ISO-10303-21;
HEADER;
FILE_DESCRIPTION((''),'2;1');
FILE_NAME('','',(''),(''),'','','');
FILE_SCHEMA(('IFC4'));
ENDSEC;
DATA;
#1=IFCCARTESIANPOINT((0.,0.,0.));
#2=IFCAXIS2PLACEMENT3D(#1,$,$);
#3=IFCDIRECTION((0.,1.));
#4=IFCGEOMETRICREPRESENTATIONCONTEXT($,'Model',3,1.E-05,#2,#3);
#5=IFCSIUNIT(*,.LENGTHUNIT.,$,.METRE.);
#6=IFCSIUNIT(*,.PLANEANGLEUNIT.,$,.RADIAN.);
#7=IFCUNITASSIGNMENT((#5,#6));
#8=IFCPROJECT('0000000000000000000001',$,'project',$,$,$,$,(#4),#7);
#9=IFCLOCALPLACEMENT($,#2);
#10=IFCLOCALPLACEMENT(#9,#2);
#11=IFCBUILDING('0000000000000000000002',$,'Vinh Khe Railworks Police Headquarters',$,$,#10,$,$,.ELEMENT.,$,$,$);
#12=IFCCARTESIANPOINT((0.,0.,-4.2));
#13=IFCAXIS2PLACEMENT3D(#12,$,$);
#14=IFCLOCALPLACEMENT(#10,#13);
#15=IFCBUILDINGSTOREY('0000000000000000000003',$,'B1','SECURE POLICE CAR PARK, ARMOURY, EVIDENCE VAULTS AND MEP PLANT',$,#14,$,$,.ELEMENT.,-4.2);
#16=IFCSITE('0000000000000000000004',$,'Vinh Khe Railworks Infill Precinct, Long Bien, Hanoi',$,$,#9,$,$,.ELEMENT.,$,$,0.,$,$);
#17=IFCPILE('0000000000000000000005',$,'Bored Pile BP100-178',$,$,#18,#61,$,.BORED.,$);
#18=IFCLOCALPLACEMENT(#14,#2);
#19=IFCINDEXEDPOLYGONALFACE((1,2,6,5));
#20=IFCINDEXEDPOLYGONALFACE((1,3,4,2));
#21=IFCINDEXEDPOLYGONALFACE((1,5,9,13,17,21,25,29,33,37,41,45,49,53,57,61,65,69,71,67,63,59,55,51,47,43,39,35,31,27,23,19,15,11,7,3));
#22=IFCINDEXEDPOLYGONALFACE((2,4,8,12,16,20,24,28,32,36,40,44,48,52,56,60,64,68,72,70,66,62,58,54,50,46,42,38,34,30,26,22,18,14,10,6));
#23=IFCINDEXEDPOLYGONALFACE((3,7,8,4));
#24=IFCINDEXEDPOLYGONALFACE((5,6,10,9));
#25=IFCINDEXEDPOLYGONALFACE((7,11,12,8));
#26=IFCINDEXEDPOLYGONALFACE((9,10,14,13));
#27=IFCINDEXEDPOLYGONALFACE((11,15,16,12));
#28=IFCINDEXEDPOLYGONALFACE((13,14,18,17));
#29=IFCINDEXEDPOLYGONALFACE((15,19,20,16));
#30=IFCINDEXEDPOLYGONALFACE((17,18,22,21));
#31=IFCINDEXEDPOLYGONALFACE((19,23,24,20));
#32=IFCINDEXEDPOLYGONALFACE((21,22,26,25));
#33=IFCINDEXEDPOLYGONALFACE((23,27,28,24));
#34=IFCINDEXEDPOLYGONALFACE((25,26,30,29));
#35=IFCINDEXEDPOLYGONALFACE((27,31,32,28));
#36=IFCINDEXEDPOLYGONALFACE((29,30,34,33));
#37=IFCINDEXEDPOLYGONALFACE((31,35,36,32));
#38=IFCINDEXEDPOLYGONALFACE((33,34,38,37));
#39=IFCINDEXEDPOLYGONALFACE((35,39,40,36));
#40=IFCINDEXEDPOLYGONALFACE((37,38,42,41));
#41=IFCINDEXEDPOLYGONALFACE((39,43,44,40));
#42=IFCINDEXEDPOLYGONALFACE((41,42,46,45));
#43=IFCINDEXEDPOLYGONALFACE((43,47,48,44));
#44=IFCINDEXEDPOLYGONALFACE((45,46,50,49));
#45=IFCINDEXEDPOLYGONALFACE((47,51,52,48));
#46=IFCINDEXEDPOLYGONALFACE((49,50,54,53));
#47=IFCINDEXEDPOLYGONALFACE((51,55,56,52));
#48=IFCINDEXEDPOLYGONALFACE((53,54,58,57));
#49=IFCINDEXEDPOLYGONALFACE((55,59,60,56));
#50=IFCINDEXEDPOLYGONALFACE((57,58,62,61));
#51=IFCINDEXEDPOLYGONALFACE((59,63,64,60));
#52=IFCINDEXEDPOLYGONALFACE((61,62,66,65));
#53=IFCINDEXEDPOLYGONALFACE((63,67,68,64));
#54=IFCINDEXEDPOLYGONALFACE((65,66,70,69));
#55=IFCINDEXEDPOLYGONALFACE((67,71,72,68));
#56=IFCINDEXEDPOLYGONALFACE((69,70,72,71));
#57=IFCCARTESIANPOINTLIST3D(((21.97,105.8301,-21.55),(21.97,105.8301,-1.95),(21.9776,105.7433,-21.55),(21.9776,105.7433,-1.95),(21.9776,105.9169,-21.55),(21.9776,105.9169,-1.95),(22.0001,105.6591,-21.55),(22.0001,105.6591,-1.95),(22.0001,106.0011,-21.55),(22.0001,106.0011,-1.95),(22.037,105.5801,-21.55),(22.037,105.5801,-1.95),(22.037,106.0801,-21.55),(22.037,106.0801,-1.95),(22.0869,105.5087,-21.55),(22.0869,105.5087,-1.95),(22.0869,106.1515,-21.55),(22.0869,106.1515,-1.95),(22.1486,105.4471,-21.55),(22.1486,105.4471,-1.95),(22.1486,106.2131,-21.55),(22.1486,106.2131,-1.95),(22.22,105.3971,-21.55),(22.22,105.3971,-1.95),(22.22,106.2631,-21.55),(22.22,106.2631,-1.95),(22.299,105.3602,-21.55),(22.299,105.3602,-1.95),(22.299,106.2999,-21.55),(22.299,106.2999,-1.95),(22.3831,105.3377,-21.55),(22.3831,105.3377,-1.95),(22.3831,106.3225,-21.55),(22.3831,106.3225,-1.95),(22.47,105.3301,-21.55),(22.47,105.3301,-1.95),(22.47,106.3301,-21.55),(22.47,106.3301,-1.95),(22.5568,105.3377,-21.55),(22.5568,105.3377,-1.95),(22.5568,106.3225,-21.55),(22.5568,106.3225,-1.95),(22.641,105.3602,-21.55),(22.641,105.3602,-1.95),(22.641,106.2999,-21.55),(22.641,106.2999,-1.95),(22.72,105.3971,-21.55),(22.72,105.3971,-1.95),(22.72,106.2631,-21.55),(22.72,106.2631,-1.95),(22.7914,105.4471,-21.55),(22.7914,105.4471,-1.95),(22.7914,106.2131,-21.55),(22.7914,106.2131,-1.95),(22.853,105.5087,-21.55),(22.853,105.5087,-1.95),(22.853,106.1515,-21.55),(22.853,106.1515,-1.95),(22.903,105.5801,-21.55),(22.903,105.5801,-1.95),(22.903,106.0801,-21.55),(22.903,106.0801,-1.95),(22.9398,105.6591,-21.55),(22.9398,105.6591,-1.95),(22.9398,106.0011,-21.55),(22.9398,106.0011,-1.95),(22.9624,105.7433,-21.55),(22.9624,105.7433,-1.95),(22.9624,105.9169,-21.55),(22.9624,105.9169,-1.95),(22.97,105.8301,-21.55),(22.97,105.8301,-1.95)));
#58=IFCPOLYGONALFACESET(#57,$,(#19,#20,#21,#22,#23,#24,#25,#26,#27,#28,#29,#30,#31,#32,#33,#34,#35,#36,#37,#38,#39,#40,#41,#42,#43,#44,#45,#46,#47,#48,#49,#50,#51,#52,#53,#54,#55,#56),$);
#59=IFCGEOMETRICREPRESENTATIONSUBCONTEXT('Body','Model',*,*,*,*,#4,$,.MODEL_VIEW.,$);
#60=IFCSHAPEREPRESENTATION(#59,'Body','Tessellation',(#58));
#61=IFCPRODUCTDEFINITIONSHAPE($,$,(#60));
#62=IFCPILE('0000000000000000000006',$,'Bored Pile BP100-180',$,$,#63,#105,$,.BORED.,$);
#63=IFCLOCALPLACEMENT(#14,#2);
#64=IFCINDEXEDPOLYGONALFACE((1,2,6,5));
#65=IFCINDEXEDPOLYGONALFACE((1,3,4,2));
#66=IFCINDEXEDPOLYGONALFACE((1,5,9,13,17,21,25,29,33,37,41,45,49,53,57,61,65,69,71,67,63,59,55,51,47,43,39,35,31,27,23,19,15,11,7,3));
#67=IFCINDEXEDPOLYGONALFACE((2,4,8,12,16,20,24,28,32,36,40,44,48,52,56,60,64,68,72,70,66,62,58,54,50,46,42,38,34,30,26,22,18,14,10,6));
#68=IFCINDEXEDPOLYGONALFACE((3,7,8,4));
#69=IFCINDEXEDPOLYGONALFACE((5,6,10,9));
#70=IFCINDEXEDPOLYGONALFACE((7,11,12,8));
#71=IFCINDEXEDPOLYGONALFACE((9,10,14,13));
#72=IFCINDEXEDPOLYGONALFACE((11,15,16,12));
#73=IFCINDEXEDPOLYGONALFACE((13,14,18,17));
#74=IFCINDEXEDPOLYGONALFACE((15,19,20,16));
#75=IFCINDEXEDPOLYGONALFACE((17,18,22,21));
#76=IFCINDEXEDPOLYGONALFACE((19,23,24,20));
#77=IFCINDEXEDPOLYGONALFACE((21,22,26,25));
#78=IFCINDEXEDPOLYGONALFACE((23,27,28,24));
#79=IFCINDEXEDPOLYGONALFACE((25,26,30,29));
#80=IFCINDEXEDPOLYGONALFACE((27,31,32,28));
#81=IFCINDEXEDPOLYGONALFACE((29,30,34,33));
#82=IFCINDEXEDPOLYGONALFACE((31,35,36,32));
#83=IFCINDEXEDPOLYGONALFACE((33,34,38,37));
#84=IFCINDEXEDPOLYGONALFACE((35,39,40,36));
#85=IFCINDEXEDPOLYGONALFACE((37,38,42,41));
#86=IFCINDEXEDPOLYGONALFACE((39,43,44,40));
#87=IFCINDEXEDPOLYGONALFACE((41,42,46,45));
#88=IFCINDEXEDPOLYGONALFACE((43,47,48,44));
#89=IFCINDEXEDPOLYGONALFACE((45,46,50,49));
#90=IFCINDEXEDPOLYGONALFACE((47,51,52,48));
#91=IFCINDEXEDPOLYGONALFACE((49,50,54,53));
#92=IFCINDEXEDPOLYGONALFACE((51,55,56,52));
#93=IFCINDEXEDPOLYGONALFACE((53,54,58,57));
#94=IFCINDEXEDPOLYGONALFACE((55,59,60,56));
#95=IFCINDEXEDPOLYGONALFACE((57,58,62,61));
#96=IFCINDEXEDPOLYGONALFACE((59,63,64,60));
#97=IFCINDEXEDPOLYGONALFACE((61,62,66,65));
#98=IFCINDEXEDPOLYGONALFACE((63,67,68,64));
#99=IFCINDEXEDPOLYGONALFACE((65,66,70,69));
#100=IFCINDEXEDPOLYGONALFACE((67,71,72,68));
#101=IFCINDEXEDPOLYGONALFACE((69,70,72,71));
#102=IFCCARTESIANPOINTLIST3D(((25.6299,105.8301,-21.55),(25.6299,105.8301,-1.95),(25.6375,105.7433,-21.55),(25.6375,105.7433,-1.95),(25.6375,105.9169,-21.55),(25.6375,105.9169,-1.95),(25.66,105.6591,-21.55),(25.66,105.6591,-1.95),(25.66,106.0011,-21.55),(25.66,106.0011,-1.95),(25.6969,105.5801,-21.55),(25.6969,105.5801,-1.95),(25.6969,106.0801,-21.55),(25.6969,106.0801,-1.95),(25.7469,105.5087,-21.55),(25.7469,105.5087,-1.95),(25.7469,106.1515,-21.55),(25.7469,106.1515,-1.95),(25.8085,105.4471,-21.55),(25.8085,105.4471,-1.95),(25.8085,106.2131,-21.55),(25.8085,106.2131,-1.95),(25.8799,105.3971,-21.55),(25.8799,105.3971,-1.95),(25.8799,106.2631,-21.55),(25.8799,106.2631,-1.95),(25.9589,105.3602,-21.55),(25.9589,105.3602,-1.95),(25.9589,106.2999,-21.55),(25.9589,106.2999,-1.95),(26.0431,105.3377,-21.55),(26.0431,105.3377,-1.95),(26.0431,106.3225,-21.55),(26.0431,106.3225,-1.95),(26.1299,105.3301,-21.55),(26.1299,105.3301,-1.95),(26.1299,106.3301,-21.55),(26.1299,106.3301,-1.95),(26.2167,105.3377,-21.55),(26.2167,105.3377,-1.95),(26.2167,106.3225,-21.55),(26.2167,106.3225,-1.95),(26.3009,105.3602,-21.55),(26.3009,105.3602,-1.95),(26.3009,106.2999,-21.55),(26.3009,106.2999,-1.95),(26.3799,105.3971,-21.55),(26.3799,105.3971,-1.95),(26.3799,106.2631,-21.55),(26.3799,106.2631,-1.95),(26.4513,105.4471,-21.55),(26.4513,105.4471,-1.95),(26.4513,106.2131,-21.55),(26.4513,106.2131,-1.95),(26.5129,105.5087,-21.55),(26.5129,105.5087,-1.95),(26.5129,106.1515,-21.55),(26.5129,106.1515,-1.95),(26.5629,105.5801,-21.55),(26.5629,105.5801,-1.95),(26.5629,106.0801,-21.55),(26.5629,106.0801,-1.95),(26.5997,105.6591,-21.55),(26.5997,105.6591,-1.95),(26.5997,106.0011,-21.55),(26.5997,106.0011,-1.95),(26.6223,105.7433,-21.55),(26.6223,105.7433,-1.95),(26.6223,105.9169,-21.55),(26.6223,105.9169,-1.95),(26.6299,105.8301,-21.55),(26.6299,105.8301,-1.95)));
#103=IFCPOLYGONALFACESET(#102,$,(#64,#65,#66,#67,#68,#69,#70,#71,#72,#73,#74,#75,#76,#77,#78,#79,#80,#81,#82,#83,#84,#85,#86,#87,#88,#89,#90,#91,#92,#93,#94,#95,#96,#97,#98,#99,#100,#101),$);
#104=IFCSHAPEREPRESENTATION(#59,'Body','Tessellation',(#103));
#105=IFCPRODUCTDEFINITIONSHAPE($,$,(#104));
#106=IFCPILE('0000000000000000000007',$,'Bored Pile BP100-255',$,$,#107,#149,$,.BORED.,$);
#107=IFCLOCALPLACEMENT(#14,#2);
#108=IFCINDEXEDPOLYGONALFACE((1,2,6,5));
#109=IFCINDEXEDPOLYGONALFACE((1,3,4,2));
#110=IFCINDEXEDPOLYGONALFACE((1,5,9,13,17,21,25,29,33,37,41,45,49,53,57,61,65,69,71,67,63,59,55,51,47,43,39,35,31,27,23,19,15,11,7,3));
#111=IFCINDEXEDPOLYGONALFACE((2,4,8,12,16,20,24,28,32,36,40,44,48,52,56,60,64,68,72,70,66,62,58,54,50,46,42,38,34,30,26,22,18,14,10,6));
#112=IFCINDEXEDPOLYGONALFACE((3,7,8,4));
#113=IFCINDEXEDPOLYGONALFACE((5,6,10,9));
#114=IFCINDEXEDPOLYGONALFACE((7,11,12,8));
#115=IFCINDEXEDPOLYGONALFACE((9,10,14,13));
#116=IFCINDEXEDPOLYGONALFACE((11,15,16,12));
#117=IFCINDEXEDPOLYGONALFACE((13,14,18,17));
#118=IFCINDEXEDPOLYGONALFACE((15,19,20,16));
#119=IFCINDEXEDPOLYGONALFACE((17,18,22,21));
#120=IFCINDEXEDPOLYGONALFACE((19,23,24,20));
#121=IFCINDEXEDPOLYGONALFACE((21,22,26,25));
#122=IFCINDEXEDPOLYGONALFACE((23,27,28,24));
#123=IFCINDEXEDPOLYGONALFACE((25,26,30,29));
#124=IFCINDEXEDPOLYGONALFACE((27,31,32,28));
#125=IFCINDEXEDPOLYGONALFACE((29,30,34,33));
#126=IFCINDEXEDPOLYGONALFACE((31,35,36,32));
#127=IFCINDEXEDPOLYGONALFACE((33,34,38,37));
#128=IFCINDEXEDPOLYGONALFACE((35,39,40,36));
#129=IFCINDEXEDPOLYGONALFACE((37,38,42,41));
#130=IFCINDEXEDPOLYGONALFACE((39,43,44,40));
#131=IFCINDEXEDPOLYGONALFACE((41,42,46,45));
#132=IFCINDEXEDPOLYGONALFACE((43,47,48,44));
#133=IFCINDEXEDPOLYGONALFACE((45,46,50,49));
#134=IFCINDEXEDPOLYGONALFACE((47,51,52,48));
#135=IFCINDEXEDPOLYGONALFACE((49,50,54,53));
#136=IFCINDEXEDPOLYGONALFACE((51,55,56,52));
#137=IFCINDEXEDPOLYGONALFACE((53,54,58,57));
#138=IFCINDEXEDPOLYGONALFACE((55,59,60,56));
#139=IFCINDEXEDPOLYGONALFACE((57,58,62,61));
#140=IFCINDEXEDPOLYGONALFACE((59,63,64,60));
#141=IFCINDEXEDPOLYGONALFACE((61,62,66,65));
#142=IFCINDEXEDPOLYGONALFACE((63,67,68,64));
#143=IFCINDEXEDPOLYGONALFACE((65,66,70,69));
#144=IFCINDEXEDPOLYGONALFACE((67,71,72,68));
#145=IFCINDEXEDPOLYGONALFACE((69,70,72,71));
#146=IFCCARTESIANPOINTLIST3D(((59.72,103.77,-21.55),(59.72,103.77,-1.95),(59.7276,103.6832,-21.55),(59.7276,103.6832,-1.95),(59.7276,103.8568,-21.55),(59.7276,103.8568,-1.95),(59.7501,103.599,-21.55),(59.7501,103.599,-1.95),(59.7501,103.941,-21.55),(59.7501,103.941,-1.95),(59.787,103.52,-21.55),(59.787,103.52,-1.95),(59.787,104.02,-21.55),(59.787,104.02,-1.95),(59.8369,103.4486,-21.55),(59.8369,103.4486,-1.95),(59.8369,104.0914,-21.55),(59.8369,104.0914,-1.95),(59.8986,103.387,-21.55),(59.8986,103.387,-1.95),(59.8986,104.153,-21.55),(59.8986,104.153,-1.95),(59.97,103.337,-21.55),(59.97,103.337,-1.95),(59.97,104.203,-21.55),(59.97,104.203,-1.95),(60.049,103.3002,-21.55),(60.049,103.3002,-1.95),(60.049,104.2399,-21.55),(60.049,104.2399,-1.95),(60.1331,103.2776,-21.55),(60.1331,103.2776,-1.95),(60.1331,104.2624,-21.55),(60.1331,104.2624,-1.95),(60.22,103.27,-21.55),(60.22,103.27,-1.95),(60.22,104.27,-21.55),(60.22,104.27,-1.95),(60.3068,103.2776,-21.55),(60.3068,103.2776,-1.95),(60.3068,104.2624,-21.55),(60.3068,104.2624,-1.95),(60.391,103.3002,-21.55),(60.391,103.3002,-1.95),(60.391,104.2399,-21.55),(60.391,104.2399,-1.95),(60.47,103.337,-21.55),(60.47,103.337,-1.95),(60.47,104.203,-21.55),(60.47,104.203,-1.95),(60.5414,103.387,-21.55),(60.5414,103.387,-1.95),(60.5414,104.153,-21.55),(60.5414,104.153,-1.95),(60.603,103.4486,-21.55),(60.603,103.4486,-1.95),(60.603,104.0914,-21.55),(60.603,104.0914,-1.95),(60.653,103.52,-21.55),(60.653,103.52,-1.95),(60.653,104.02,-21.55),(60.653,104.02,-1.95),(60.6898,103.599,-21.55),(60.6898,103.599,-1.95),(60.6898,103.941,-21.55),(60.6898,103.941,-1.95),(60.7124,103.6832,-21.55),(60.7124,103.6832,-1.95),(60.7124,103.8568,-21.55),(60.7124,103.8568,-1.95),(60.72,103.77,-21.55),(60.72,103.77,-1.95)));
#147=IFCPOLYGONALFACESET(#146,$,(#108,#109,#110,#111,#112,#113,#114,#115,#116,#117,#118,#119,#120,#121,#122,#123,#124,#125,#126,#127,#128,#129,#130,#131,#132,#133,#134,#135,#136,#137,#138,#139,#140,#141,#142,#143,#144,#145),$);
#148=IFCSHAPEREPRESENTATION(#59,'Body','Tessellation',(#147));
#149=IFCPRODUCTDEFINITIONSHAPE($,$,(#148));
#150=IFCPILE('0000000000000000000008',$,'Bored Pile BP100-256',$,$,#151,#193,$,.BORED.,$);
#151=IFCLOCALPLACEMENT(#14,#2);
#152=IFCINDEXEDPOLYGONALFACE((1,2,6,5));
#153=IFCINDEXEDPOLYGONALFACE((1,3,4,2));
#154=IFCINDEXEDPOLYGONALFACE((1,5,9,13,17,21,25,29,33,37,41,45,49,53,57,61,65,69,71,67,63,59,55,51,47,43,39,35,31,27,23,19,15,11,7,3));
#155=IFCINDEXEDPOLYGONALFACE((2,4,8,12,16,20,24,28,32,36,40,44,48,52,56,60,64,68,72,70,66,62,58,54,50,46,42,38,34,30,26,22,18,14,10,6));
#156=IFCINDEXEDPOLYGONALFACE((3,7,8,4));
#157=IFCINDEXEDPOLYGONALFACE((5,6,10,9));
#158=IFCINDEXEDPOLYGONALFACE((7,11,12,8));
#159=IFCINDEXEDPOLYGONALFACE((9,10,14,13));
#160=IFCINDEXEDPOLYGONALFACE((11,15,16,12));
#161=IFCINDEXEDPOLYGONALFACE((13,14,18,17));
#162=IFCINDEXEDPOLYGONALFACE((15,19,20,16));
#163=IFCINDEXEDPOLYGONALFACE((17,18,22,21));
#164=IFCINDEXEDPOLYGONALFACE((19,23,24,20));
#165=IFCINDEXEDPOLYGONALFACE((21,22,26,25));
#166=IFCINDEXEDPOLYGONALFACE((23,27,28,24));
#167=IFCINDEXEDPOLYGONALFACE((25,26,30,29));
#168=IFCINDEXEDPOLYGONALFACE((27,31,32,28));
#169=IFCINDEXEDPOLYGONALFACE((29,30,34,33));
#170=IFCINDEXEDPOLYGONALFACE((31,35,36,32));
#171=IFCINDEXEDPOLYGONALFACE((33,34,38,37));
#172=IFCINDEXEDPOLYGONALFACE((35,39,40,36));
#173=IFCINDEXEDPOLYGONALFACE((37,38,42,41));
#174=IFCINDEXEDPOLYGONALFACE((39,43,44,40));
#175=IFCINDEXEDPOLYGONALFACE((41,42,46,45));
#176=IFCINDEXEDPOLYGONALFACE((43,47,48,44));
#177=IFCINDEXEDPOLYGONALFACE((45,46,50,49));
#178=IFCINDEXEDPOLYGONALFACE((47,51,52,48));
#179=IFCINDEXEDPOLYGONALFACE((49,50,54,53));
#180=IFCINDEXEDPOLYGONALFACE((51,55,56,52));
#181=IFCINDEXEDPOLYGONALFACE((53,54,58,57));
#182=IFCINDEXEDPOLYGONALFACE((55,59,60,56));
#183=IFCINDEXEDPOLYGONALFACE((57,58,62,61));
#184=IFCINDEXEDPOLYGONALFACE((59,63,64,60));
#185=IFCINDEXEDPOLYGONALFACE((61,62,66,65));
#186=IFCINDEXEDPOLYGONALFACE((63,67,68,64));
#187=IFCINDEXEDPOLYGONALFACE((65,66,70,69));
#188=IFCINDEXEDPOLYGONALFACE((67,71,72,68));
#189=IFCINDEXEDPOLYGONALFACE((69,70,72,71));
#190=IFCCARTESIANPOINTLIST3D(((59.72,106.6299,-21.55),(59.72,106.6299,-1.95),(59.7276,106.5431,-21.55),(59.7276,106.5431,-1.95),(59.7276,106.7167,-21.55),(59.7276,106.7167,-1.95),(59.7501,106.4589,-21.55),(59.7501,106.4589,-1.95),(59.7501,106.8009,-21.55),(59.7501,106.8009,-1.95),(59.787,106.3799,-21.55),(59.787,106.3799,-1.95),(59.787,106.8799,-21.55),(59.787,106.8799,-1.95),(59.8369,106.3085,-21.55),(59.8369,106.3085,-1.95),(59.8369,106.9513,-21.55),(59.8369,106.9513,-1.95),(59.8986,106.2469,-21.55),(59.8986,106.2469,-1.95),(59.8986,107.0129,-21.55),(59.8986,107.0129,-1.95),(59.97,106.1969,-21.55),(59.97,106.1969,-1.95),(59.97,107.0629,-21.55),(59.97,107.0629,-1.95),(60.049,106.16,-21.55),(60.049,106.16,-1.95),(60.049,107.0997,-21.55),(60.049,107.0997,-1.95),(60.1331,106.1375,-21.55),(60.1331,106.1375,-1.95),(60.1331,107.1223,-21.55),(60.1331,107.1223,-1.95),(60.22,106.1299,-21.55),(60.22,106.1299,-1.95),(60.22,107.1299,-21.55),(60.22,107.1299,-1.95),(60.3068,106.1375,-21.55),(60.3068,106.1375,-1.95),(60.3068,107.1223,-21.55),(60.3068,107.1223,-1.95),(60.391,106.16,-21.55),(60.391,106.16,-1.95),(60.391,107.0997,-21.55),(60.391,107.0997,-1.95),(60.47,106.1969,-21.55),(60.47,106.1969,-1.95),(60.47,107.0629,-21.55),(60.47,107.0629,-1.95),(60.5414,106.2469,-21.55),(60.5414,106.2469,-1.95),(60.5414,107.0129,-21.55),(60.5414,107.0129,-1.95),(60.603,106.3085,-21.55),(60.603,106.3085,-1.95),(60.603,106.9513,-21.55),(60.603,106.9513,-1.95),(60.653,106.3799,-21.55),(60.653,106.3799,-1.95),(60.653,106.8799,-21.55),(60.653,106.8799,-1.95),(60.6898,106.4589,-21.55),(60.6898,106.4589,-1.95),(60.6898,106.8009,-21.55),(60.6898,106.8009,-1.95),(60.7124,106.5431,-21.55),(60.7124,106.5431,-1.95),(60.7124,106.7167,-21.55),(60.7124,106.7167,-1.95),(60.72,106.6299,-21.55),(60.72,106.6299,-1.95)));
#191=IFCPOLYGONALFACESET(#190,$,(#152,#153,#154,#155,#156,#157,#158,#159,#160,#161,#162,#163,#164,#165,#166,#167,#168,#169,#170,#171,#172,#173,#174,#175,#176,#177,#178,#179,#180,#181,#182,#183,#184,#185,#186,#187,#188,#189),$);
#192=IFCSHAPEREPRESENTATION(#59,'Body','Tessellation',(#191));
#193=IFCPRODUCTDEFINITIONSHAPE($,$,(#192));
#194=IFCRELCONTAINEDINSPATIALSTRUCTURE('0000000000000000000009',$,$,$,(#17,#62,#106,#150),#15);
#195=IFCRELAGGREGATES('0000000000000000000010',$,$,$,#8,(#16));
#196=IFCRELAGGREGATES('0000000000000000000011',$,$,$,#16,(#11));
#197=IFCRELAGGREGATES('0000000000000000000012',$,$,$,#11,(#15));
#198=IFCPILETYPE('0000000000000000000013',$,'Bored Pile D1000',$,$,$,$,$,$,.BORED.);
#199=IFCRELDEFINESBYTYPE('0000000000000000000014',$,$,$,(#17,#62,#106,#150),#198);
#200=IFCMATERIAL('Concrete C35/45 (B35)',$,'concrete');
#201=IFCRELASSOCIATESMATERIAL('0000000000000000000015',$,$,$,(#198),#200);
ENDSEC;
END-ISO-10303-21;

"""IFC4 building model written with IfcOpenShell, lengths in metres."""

from ifc_helpers import new_model, si_unit, direction, frame, origin, origin_2d, place, context, subcontext, project, spatial, circle, extrude, material, material_profile, profile_set, type_object, element, save


model = new_model("IFC4")

# Units and contexts
model_context = context("Model", 3, precision=1e-05, world=origin(), true_north=direction((0.0, 1.0)))
body_context = subcontext(model_context, "Body", "Model", "MODEL_VIEW")
ifc_project = project(units=[si_unit("LENGTHUNIT", "METRE"), si_unit("PLANEANGLEUNIT", "RADIAN")], contexts=[model_context])

# Site, building, storey
site_placement = place(None, origin())
site = spatial("IfcSite", under=ifc_project, at=site_placement, Name="Vinh Khe Railworks Infill Precinct, Long Bien, Hanoi", CompositionType="ELEMENT", RefElevation=0.0)
building_placement = place(site_placement, origin())
building = spatial("IfcBuilding", under=site, at=building_placement, Name="Vinh Khe Railworks Police Headquarters", CompositionType="ELEMENT")
storey_placement = place(building_placement, frame((0.0, 0.0, -4.2)))
storey = spatial("IfcBuildingStorey", under=building, at=storey_placement, Name="B1", Description="SECURE POLICE CAR PARK, ARMOURY, EVIDENCE VAULTS AND MEP PLANT", CompositionType="ELEMENT", Elevation=-4.2)

# Piles
ifc_material_1 = material(Name="Concrete C35/45 (B35)", Category="concrete")
ifc_material_profile_1 = material_profile(ifc_material_1, circle(Radius=0.5, at=origin_2d()), Name="BORED PILE D1000")
ifc_profile_set_1 = profile_set([ifc_material_profile_1], Name="Concrete C35/45 (B35)")
pile_type_1 = type_object("IfcPileType", Name="Bored Pile D1000", PredefinedType="BORED", material=ifc_profile_set_1)
for number, where, z_axis, x_axis, name in (
    (1, (22.47, 105.8301, -1.95), (0.0, 0.0, -1.0), (1.0, 0.0, 0.0), "Bored Pile BP100-178"),
    (2, (26.1299, 105.8301, -1.95), (0.0, 0.0, -1.0), (1.0, 0.0, 0.0), "Bored Pile BP100-180"),
    (3, (60.22, 103.77, -1.95), (0.0, 0.0, -1.0), (1.0, 0.0, 0.0), "Bored Pile BP100-255"),
    (4, (60.22, 106.6299, -1.95), (0.0, 0.0, -1.0), (1.0, 0.0, 0.0), "Bored Pile BP100-256"),
):
    element("IfcPile", number, at=place(storey_placement, frame(where, z_axis=z_axis, x_axis=x_axis)), inside=storey, type_object=pile_type_1, Name=name, PredefinedType="BORED", context=body_context, shape_type="SweptSolid", body=[
        extrude(circle(Radius=0.5, at=origin_2d()), origin(), (0.0, 0.0, 1.0), 19.6001),
    ])

save(model, "model.ifc")
